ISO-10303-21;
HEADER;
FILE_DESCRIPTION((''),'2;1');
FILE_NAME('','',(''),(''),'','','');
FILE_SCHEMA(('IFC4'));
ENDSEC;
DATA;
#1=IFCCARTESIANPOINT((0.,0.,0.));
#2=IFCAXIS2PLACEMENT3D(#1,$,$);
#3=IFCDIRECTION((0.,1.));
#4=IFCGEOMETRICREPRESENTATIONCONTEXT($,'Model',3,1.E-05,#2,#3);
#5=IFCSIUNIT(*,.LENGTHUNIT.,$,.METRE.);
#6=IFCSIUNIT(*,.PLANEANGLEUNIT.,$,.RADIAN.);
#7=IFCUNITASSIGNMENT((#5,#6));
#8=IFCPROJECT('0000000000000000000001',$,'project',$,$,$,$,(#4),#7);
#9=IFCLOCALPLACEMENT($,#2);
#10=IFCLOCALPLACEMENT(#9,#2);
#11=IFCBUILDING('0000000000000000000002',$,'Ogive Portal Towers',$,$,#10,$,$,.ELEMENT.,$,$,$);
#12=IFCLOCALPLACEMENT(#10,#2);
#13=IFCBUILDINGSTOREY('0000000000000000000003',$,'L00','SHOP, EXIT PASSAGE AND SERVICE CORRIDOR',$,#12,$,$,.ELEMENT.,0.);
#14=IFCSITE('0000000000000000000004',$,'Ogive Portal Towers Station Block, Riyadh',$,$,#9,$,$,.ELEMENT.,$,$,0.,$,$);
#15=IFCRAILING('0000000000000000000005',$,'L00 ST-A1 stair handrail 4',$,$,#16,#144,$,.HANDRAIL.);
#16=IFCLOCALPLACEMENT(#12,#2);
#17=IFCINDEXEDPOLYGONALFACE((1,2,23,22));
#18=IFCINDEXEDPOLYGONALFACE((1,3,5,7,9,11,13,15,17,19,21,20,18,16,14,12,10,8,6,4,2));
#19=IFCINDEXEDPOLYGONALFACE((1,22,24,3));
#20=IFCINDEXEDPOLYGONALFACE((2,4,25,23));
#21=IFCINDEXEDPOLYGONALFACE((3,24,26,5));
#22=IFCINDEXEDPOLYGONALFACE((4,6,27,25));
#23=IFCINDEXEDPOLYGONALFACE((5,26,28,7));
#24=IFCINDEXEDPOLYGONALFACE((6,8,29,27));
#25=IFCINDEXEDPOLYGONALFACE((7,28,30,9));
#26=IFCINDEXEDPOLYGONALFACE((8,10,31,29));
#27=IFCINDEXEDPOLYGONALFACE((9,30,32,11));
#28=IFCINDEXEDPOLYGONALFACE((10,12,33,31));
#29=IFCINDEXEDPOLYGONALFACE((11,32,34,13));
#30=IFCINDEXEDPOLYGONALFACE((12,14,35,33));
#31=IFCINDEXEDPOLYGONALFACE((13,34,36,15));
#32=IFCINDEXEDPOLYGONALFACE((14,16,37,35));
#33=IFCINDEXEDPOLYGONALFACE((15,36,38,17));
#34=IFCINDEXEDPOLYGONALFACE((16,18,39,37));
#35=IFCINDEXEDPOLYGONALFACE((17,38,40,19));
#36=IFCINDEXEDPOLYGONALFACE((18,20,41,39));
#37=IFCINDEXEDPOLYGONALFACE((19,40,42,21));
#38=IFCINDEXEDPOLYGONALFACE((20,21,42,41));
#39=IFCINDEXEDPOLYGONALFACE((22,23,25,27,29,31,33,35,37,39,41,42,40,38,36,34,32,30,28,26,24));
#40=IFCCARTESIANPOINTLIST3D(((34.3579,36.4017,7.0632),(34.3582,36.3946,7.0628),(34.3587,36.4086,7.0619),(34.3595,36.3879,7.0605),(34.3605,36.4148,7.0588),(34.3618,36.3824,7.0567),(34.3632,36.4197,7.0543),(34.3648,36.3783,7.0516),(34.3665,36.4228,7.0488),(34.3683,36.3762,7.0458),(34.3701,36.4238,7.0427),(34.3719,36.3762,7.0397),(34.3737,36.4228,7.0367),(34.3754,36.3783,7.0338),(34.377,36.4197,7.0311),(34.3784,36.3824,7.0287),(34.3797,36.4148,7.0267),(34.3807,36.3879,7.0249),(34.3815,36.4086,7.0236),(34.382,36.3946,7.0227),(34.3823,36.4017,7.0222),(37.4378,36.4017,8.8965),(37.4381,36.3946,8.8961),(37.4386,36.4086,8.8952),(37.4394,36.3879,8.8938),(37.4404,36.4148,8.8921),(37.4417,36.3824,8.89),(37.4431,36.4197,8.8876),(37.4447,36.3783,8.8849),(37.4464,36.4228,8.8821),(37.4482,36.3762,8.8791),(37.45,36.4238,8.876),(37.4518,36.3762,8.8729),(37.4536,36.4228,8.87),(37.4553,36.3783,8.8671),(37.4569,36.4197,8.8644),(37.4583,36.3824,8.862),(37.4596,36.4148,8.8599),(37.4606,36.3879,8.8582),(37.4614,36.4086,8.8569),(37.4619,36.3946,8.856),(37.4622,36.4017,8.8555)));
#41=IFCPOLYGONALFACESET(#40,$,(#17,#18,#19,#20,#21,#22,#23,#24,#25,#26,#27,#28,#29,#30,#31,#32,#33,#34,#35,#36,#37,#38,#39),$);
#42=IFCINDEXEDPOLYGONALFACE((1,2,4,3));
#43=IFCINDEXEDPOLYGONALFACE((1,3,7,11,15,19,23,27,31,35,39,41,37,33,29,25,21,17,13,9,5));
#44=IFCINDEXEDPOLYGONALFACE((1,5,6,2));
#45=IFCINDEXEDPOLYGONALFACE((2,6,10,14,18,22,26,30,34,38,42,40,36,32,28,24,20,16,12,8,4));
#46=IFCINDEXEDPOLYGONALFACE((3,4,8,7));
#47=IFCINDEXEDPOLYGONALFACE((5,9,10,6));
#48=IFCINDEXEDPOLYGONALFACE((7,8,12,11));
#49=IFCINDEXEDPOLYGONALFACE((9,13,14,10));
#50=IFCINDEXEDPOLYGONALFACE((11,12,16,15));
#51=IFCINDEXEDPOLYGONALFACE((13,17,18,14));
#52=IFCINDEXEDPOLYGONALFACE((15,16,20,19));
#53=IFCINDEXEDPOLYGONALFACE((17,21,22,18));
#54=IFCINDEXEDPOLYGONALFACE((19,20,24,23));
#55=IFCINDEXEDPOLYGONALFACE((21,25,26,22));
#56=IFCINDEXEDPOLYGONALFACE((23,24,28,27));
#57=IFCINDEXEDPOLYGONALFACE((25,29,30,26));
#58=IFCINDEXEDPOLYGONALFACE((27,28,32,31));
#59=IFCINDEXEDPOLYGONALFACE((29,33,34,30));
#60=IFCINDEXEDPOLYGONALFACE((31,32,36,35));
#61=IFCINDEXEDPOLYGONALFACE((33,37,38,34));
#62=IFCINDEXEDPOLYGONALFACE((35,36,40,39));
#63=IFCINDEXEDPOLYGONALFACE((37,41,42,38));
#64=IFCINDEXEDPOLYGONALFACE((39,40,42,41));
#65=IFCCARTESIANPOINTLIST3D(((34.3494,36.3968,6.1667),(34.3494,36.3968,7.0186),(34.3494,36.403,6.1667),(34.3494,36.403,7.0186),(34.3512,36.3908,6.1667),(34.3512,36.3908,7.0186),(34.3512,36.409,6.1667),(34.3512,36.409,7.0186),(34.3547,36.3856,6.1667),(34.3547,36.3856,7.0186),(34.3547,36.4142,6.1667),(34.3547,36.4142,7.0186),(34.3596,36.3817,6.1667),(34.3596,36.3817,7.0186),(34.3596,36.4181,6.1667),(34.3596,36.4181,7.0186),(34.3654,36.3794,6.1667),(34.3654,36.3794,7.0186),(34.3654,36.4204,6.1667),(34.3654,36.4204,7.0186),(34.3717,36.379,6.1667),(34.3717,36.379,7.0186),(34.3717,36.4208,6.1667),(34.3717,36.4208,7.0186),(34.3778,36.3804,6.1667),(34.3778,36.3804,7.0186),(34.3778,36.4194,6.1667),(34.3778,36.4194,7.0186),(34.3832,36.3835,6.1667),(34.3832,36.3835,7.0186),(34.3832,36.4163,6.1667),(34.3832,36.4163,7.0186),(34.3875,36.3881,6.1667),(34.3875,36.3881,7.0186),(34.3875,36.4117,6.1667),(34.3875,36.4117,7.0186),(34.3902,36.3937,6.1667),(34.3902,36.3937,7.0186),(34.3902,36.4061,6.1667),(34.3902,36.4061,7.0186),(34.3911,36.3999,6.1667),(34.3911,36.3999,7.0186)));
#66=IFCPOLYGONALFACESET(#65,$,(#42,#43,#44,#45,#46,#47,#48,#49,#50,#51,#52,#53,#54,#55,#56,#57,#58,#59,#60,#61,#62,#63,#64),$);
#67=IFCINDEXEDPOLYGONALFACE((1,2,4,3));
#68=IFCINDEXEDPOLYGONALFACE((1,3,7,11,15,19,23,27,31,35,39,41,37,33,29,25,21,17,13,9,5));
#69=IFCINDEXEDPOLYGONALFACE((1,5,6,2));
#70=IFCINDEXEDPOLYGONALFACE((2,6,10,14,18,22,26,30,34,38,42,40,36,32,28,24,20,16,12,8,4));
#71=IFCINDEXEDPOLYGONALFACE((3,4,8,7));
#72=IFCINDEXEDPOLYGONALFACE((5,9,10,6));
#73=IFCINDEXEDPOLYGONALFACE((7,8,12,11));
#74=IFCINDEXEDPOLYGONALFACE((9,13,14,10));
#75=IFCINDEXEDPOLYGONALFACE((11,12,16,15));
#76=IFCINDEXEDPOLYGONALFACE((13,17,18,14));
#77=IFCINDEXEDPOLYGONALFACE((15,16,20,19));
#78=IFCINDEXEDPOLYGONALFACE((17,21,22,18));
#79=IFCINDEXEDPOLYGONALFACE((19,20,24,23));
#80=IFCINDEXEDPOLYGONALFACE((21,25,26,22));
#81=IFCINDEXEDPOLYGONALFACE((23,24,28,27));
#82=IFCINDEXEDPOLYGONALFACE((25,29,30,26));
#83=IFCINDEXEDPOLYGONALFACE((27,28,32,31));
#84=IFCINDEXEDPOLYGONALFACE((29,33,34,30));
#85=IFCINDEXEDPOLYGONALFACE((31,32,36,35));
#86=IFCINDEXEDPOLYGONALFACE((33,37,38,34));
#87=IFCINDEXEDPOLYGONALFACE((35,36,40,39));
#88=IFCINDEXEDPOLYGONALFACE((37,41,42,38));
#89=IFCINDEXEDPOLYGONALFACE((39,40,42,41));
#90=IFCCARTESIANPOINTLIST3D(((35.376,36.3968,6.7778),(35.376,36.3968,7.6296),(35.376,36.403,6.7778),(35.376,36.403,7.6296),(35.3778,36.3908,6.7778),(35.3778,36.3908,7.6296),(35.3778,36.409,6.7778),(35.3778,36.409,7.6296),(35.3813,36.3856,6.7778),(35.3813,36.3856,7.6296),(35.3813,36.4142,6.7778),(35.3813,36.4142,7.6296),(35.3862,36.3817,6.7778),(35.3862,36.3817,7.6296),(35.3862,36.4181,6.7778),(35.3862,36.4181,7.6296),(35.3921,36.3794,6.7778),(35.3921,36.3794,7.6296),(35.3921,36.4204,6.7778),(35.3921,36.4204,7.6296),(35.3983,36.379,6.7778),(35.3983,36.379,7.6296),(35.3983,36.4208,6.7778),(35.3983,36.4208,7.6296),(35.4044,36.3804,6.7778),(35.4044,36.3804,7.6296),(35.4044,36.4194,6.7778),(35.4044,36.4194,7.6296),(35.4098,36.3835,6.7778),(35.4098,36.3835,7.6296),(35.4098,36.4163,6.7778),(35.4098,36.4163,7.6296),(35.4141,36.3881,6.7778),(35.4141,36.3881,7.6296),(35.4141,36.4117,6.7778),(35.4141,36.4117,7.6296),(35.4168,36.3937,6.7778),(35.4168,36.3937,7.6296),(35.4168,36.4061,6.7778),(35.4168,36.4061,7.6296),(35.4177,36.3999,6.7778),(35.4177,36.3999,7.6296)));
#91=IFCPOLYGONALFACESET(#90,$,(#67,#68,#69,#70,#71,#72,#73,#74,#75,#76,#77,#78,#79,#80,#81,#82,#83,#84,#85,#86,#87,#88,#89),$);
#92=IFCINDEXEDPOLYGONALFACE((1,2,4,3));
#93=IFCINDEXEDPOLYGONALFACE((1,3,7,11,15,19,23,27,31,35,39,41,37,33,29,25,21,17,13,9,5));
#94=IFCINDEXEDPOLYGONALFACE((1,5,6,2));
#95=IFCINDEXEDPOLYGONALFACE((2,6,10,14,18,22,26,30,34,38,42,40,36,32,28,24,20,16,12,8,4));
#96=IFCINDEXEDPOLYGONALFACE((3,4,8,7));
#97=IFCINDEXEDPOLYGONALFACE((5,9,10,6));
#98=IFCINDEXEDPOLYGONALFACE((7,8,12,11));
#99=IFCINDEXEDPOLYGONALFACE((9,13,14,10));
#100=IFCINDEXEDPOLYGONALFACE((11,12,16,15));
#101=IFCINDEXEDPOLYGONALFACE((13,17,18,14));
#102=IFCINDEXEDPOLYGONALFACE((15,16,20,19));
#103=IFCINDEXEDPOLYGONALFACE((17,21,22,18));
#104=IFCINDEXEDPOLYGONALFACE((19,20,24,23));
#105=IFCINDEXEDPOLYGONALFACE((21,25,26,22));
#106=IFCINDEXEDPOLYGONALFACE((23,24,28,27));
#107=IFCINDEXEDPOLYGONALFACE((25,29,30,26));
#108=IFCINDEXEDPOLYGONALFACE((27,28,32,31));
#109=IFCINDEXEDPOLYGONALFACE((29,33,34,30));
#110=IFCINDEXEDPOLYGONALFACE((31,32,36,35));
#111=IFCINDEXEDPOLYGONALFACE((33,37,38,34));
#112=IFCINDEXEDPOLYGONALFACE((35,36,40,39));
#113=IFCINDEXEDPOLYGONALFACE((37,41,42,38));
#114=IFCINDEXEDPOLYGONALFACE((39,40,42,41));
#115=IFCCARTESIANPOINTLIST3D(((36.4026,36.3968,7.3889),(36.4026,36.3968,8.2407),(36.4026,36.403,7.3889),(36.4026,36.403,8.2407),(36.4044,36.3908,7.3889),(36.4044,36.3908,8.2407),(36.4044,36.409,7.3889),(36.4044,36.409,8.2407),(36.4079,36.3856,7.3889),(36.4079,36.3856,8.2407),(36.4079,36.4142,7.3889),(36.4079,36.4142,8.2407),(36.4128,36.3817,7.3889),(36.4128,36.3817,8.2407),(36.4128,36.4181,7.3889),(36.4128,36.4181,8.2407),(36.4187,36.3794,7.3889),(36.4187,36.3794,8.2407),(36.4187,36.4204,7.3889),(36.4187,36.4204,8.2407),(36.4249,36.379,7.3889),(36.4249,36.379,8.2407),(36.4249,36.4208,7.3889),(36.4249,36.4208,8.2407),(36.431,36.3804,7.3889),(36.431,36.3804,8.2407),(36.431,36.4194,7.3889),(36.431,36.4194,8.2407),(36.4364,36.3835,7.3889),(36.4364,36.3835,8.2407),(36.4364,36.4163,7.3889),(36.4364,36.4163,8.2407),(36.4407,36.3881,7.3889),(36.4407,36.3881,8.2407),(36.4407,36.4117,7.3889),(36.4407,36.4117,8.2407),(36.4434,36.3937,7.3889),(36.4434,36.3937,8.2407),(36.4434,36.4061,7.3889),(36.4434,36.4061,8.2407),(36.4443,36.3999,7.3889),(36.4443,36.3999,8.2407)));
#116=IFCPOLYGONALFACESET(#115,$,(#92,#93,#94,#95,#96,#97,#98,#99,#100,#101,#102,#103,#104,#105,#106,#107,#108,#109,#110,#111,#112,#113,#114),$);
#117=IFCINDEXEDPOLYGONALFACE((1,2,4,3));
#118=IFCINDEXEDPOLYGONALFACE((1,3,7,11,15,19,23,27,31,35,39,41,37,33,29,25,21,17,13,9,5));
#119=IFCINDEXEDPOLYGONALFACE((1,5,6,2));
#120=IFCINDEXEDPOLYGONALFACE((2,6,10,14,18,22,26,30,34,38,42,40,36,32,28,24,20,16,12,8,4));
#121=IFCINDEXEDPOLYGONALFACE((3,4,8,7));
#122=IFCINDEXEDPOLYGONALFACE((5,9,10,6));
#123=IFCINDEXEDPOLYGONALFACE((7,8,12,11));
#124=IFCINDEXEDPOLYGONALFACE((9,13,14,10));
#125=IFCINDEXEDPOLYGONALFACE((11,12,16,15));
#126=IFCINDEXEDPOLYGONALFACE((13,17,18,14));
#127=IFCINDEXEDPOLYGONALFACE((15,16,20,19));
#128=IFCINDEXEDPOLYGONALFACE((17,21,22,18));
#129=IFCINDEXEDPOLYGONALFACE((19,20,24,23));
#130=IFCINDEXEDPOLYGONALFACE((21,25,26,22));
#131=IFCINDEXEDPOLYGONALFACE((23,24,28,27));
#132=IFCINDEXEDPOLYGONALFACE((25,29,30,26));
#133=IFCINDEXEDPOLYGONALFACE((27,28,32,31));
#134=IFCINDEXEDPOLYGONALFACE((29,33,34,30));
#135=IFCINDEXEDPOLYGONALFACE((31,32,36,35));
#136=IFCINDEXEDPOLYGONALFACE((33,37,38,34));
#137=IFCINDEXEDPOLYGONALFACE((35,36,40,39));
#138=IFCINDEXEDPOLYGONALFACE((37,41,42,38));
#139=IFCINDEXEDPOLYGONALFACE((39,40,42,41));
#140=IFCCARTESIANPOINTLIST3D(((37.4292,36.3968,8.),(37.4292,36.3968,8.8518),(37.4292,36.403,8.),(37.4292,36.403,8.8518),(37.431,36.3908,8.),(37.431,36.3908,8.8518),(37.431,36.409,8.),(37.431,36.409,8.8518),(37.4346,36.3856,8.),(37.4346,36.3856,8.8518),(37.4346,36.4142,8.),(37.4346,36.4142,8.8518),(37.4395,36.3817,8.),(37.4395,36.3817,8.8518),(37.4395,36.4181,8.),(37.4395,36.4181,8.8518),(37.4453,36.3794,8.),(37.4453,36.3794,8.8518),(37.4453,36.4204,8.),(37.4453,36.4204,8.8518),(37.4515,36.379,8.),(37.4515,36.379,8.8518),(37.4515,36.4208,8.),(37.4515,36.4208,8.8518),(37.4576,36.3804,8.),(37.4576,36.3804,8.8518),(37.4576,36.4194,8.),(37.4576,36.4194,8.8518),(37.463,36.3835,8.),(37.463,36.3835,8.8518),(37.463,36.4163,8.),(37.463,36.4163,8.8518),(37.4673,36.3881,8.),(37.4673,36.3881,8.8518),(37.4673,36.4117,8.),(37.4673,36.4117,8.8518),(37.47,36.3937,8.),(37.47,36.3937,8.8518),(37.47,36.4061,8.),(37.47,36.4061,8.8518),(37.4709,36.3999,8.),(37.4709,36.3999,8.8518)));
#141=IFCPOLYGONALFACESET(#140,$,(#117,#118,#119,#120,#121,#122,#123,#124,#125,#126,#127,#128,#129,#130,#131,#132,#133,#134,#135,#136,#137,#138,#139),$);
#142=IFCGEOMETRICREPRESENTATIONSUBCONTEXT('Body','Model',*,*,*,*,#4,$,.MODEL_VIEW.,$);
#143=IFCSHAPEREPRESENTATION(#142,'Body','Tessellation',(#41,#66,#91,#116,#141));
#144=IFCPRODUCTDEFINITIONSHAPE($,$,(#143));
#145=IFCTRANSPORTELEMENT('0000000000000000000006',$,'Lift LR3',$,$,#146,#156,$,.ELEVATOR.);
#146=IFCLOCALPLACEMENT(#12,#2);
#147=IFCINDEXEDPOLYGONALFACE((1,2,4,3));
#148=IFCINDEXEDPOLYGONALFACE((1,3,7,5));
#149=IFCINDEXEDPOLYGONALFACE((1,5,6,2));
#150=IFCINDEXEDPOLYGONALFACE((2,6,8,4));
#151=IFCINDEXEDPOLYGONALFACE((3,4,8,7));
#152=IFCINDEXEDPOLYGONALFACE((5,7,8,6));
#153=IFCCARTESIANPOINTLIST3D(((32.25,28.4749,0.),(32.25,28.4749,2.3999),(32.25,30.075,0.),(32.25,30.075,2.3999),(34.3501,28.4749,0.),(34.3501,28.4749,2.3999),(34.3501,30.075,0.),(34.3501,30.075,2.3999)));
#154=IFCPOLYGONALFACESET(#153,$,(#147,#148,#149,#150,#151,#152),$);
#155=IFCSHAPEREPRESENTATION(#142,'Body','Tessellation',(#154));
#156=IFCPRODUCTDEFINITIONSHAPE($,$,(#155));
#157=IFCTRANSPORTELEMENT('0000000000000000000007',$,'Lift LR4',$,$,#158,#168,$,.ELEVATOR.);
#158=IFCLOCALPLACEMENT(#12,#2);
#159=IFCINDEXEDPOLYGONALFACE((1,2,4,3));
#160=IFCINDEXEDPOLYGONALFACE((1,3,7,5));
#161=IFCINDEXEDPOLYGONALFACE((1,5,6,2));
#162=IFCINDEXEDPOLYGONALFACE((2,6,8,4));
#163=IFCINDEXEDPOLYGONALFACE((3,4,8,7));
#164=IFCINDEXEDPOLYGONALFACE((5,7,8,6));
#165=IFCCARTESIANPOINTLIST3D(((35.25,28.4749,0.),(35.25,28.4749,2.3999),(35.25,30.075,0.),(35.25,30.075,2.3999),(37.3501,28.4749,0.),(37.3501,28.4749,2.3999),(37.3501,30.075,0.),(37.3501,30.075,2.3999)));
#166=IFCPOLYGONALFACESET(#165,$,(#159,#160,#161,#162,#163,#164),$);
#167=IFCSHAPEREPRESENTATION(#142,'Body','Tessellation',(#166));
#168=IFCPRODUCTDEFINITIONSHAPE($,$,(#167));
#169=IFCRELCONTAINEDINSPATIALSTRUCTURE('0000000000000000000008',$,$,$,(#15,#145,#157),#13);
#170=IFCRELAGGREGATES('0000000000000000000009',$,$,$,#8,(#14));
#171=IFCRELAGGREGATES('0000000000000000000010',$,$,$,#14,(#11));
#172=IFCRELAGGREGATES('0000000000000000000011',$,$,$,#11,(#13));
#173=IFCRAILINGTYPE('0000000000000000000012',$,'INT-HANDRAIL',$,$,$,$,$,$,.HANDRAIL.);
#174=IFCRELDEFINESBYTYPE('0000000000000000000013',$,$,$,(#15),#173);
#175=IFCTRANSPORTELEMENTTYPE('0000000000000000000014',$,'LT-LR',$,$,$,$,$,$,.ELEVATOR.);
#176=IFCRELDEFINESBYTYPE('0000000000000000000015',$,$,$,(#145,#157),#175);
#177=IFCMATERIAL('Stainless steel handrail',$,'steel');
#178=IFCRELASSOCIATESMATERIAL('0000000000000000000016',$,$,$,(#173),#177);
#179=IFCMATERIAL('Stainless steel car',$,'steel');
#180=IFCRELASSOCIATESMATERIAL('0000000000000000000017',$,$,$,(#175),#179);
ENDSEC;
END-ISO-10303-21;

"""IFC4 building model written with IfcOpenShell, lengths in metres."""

from ifc_helpers import new_model, si_unit, direction, frame, origin, origin_2d, place, context, subcontext, project, spatial, rectangle, circle, extrude, material, type_object, element, save


model = new_model("IFC4")

# Units and contexts
model_context = context("Model", 3, precision=1e-05, world=origin(), true_north=direction((0.0, 1.0)))
body_context = subcontext(model_context, "Body", "Model", "MODEL_VIEW")
ifc_project = project(units=[si_unit("LENGTHUNIT", "METRE"), si_unit("PLANEANGLEUNIT", "RADIAN")], contexts=[model_context])

# Site, building, storey
site_placement = place(None, origin())
site = spatial("IfcSite", under=ifc_project, at=site_placement, Name="Ogive Portal Towers Station Block, Riyadh", CompositionType="ELEMENT", RefElevation=0.0)
building_placement = place(site_placement, origin())
building = spatial("IfcBuilding", under=site, at=building_placement, Name="Ogive Portal Towers", CompositionType="ELEMENT")
storey_placement = place(building_placement, origin())
storey = spatial("IfcBuildingStorey", under=building, at=storey_placement, Name="L00", Description="SHOP, EXIT PASSAGE AND SERVICE CORRIDOR", CompositionType="ELEMENT", Elevation=0.0)

# Railing
ifc_material_1 = material(Name="Stainless steel handrail", Category="steel")
railing_type_1 = type_object("IfcRailingType", Name="INT-HANDRAIL", PredefinedType="HANDRAIL", material=ifc_material_1)
railing_1_placement = place(storey_placement, frame((34.3701, 36.3999, 6.1667)))
element("IfcRailing", 1, at=railing_1_placement, inside=storey, type_object=railing_type_1, Name="L00 ST-A1 stair handrail 4", PredefinedType="HANDRAIL", context=body_context, shape_type="SweptSolid", body=[
    extrude(circle(Radius=0.0239, at=origin_2d()), frame((0.0, 0.0, 0.876), z_axis=(0.859291, 0.0, 0.511487), x_axis=(0.0, 1.0, 0.0)), (0.0, 0.0, 1.0), 3.5842),
    extrude(circle(Radius=0.021, at=origin_2d()), origin(), (0.0, 0.0, 1.0), 0.8518),
    extrude(circle(Radius=0.021, at=origin_2d()), frame((1.0266, 0.0, 0.6111)), (0.0, 0.0, 1.0), 0.8518),
    extrude(circle(Radius=0.021, at=origin_2d()), frame((2.0532, 0.0, 1.2222)), (0.0, 0.0, 1.0), 0.8518),
    extrude(circle(Radius=0.021, at=origin_2d()), frame((3.0798, 0.0, 1.8333)), (0.0, 0.0, 1.0), 0.8518),
])

# Transport elements
ifc_material_2 = material(Name="Stainless steel car", Category="steel")
transport_element_type = type_object("IfcTransportElementType", Name="LT-LR", PredefinedType="ELEVATOR", material=ifc_material_2)
for number, where, z_axis, x_axis, name in (
    (2, (33.3, 29.2749, 0.0), (0.0, 0.0, 1.0), (1.0, 0.0, 0.0), "Lift LR3"),
    (3, (36.3, 29.2749, 0.0), (0.0, 0.0, 1.0), (1.0, 0.0, 0.0), "Lift LR4"),
):
    element("IfcTransportElement", number, at=place(storey_placement, frame(where, z_axis=z_axis, x_axis=x_axis)), inside=storey, type_object=transport_element_type, Name=name, PredefinedType="ELEVATOR", context=body_context, shape_type="SweptSolid", body=[
        extrude(rectangle(XDim=2.1001, YDim=1.6001, at=origin_2d()), origin(), (0.0, 0.0, 1.0), 2.3999),
    ])

save(model, "model.ifc")
